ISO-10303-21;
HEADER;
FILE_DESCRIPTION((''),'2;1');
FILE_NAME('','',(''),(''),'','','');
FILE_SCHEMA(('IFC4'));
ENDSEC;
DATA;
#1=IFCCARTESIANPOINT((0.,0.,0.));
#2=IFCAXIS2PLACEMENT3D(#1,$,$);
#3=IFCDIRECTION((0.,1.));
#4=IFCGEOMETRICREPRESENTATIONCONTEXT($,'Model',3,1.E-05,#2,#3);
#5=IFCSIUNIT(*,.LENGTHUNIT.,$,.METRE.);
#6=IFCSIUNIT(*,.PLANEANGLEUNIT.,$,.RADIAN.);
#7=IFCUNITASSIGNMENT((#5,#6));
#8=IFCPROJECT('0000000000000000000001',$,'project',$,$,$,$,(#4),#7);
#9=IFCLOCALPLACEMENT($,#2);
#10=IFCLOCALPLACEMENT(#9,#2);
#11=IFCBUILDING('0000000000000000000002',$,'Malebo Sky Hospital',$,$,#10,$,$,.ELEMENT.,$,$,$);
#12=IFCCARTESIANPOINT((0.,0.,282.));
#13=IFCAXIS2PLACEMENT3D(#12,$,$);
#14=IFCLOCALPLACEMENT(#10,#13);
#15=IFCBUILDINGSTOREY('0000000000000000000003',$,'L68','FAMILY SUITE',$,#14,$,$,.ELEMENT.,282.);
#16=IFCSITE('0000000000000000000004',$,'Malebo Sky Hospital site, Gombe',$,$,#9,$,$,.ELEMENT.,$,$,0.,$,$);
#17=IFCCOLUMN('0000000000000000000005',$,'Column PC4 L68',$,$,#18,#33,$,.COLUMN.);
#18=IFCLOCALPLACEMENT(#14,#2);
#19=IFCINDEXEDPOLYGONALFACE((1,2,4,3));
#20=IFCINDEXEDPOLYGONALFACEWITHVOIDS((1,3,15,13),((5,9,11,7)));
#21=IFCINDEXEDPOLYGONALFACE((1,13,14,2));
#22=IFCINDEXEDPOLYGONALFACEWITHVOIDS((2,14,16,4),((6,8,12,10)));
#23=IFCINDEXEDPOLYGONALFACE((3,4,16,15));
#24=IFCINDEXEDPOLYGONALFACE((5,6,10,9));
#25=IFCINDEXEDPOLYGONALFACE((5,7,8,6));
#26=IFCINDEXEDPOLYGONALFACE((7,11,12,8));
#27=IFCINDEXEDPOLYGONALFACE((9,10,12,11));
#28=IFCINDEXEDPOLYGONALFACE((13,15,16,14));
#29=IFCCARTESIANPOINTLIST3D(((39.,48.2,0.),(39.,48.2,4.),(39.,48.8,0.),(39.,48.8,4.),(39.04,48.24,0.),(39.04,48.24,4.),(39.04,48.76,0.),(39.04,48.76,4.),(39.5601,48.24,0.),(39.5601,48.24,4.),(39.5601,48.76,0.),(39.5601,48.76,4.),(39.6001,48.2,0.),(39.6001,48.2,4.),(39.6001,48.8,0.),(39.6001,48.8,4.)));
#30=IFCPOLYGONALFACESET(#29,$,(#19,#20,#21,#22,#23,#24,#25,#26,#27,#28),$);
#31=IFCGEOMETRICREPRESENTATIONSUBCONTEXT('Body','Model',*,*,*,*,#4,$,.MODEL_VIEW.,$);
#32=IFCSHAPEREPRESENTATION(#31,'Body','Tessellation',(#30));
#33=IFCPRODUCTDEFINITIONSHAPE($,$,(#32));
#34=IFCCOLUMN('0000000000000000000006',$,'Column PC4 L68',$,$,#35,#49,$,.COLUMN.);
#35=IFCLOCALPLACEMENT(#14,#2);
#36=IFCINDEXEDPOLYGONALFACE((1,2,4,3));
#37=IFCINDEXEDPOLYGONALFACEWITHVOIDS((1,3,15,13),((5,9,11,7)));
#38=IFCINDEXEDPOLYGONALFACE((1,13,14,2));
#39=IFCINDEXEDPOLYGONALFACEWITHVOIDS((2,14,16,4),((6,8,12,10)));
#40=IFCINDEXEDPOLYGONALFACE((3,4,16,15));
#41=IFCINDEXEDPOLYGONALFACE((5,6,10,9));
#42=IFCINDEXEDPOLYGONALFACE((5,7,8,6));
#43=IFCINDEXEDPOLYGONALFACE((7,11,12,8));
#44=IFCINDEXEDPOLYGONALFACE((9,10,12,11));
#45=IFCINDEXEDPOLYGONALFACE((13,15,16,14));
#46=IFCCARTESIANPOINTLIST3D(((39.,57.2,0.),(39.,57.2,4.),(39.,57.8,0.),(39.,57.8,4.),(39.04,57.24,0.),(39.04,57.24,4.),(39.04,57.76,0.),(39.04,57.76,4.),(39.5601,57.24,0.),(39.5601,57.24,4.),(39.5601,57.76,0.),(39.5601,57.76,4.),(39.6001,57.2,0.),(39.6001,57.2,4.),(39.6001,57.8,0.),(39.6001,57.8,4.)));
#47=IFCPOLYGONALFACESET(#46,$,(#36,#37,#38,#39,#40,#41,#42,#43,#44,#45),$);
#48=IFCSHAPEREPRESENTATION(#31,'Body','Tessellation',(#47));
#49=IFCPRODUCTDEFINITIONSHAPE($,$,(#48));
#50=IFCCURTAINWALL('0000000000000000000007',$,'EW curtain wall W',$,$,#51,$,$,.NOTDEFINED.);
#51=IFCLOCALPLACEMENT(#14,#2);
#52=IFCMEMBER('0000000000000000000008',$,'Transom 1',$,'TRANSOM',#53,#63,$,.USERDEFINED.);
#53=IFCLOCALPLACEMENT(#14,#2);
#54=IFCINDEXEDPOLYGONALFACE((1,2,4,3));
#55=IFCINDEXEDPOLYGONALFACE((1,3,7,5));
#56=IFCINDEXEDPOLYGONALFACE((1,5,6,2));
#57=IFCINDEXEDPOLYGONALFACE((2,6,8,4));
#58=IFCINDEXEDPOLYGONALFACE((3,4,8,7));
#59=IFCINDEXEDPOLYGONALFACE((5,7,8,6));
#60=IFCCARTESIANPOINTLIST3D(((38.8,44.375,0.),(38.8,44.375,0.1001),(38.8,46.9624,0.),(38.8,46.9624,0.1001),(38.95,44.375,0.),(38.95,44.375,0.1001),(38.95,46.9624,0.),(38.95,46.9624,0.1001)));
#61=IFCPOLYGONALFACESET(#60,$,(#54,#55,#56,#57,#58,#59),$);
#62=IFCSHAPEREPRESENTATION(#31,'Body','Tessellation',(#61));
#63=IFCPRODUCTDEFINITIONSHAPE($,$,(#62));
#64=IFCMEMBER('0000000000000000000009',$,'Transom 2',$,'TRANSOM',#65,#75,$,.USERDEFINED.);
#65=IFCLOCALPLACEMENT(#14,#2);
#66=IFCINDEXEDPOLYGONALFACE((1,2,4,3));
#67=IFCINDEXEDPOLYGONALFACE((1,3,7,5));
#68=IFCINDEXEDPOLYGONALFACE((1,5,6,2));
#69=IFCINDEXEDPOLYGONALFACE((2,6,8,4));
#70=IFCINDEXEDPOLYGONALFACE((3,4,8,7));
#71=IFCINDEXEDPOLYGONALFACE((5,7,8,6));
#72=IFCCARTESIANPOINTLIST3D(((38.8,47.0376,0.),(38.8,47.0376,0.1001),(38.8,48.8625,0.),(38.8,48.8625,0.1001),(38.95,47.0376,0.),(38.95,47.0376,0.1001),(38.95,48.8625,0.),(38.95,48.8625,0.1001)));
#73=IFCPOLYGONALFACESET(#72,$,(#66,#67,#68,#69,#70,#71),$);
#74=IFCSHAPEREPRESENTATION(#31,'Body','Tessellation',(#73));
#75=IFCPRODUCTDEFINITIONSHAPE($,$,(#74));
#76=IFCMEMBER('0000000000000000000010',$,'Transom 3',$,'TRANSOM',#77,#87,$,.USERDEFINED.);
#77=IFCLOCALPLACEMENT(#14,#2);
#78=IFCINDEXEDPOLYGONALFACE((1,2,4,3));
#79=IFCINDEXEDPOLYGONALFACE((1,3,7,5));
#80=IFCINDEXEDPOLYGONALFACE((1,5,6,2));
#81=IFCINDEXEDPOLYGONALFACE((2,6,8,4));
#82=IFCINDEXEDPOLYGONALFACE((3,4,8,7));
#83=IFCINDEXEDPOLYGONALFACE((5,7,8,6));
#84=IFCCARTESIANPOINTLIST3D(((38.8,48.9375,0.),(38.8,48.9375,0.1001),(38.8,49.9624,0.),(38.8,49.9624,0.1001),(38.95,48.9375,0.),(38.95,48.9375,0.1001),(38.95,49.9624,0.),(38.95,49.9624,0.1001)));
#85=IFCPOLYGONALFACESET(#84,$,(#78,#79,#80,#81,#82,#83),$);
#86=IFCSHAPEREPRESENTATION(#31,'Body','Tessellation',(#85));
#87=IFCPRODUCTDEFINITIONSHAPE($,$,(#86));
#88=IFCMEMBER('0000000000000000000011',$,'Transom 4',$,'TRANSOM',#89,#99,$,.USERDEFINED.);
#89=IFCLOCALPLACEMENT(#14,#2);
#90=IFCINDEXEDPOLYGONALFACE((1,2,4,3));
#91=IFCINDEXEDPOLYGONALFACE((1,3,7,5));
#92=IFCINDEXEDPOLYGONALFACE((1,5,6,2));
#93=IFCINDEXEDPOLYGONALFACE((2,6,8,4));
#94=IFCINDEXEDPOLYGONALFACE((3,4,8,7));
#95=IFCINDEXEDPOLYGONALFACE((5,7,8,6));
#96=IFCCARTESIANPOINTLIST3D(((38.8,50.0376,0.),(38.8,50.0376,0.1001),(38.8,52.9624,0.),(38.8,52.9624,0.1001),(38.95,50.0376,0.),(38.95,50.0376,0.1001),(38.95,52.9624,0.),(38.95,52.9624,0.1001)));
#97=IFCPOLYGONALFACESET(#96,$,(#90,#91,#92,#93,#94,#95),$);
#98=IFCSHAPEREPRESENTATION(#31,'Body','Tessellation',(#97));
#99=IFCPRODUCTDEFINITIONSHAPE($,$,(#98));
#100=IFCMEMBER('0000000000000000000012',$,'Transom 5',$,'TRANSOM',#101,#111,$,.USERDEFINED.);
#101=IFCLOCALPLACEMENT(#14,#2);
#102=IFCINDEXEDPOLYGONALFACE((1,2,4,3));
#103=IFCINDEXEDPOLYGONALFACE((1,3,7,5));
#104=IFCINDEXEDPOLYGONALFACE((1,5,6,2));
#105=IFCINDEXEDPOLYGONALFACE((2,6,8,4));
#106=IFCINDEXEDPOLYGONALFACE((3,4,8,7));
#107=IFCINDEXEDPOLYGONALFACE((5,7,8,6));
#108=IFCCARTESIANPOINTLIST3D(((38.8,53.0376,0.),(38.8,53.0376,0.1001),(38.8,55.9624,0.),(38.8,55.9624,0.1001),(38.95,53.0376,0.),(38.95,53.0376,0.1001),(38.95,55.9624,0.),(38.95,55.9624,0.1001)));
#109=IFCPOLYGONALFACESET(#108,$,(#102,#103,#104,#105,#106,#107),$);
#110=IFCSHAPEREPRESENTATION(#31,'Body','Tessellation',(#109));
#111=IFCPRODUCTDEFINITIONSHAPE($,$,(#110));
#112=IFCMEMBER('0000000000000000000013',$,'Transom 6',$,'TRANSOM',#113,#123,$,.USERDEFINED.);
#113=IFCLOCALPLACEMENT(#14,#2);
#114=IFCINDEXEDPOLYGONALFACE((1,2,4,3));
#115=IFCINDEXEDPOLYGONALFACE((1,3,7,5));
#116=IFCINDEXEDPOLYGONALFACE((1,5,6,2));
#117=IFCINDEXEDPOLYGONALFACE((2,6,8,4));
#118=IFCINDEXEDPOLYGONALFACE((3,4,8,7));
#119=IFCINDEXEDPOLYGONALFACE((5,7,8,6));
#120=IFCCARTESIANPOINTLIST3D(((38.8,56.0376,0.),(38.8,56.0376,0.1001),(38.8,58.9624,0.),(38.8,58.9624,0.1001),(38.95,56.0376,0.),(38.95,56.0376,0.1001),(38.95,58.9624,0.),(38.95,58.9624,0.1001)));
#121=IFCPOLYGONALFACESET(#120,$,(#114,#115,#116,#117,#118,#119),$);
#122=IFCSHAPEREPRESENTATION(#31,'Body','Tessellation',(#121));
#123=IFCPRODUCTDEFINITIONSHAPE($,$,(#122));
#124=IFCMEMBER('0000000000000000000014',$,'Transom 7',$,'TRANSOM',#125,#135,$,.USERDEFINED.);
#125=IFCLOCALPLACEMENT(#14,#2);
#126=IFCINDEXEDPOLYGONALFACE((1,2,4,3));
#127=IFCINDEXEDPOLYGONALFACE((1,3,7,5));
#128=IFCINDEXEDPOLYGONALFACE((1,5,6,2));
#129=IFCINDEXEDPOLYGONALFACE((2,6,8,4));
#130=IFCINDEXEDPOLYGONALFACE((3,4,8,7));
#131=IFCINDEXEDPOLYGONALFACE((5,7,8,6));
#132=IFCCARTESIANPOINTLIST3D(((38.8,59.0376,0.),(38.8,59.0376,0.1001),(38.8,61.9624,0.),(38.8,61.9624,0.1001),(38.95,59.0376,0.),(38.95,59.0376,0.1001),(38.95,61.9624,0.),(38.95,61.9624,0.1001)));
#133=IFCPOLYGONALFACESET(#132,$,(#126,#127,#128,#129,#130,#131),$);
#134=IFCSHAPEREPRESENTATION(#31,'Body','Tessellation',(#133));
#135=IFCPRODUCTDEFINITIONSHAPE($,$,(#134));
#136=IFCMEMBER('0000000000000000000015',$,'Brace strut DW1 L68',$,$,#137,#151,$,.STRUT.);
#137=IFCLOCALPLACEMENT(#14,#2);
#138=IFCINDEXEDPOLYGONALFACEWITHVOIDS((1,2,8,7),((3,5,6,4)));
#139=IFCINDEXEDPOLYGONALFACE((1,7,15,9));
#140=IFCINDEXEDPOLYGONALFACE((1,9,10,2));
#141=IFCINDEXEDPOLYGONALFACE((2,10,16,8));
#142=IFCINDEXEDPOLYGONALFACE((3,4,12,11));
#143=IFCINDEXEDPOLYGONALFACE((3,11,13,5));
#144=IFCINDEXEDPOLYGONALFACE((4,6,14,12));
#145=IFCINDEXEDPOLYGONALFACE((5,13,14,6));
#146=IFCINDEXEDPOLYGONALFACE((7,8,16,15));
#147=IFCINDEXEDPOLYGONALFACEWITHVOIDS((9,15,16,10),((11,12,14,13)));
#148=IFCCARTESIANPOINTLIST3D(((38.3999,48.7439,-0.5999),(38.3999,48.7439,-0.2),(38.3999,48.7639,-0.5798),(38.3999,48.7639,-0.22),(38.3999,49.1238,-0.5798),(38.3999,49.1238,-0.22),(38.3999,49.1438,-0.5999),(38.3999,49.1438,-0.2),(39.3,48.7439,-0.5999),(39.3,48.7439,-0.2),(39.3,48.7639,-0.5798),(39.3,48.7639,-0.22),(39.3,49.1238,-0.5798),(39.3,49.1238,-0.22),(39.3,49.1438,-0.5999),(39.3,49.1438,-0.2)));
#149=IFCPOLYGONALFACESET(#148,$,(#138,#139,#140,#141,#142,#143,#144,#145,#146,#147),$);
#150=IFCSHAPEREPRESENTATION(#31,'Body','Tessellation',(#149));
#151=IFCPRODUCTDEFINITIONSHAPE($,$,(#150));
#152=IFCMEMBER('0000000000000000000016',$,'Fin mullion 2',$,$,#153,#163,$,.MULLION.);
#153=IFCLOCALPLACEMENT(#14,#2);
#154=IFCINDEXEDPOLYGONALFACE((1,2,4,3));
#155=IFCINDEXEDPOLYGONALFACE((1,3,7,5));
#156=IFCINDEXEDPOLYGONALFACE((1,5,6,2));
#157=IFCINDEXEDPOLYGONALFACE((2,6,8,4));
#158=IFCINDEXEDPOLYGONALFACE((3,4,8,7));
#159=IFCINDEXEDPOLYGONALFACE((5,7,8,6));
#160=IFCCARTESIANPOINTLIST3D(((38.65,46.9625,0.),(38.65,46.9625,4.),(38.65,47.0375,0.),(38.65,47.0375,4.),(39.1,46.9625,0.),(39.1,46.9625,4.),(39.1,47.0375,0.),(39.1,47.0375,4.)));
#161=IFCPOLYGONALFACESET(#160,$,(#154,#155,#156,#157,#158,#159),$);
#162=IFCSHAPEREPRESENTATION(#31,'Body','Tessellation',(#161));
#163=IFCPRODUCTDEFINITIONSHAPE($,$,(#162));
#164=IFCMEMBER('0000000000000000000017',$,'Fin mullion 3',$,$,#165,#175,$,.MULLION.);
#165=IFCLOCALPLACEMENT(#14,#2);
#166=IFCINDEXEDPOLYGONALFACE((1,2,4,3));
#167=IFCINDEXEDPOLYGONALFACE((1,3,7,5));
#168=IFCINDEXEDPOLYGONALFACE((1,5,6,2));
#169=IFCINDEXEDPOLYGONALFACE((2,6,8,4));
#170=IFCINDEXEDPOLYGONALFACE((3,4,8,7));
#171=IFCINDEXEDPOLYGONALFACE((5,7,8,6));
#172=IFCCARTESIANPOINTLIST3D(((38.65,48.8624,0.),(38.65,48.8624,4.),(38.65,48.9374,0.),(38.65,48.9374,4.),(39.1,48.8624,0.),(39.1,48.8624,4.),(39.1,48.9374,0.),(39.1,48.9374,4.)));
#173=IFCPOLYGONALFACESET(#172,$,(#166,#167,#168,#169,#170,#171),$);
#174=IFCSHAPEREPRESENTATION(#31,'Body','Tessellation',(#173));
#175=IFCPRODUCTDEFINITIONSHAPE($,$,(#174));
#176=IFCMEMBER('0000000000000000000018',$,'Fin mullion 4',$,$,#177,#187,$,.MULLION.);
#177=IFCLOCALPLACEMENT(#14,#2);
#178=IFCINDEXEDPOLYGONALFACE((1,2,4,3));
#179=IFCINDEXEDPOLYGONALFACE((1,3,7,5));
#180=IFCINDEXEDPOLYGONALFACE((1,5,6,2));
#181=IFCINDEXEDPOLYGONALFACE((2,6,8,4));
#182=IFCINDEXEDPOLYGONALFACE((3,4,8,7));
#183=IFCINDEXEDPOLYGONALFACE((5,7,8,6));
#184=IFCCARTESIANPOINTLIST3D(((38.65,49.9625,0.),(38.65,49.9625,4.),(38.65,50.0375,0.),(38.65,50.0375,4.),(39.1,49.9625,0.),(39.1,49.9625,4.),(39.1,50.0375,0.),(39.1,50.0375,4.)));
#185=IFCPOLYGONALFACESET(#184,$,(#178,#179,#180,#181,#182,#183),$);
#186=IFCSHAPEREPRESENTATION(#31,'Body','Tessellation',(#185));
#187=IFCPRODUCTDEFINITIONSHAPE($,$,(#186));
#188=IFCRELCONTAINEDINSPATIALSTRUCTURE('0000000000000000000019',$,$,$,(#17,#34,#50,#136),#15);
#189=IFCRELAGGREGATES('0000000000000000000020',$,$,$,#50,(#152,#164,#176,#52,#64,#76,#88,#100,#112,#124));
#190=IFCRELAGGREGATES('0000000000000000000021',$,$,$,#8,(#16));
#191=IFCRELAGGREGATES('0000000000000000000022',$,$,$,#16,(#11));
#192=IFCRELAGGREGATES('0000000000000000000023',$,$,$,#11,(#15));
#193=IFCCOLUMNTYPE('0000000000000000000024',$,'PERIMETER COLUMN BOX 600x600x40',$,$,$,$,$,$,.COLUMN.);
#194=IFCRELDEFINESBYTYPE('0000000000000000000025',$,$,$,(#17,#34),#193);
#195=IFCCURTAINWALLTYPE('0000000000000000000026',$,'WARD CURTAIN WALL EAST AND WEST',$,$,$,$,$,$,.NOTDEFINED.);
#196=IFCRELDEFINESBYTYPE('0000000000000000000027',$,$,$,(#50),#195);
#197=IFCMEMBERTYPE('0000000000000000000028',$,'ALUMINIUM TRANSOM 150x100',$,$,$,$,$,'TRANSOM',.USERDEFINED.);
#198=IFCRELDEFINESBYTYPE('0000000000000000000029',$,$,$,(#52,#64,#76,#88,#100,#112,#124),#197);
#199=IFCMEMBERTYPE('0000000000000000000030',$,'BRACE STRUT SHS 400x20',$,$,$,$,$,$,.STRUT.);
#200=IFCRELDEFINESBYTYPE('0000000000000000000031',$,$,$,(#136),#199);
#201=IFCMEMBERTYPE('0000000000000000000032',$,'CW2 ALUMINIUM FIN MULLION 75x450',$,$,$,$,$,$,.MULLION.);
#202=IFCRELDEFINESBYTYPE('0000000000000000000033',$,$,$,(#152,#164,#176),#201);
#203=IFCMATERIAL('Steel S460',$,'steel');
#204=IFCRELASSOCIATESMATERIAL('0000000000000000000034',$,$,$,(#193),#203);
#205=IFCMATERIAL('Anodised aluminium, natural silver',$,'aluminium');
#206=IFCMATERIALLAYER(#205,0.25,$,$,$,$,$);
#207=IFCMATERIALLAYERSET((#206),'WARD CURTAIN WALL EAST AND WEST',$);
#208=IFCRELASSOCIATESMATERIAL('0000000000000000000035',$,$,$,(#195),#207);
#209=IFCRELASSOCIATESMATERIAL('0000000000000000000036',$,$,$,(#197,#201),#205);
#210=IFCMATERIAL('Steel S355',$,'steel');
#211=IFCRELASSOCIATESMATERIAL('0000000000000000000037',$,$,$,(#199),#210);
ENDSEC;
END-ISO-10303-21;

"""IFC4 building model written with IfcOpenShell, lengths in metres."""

from ifc_helpers import new_model, si_unit, direction, frame, origin, origin_2d, place, context, subcontext, project, spatial, rectangle, hollow_rectangle, extrude, material, layer, layer_set, material_profile, profile_set, type_object, element, aggregate, save


model = new_model("IFC4")

# Units and contexts
model_context = context("Model", 3, precision=1e-05, world=origin(), true_north=direction((0.0, 1.0)))
body_context = subcontext(model_context, "Body", "Model", "MODEL_VIEW")
ifc_project = project(units=[si_unit("LENGTHUNIT", "METRE"), si_unit("PLANEANGLEUNIT", "RADIAN")], contexts=[model_context])

# Site, building, storey
site_placement = place(None, origin())
site = spatial("IfcSite", under=ifc_project, at=site_placement, Name="Malebo Sky Hospital site, Gombe", CompositionType="ELEMENT", RefElevation=0.0)
building_placement = place(site_placement, origin())
building = spatial("IfcBuilding", under=site, at=building_placement, Name="Malebo Sky Hospital", CompositionType="ELEMENT")
storey_placement = place(building_placement, frame((0.0, 0.0, 282.0)))
storey = spatial("IfcBuildingStorey", under=building, at=storey_placement, Name="L68", Description="FAMILY SUITE", CompositionType="ELEMENT", Elevation=282.0)

# Columns
ifc_material_1 = material(Name="Steel S460", Category="steel")
ifc_material_profile_1 = material_profile(ifc_material_1, hollow_rectangle(XDim=0.6001, YDim=0.6001, WallThickness=0.04, at=origin_2d()), Name="BOX 600x600x40")
ifc_profile_set_1 = profile_set([ifc_material_profile_1], Name="Steel S460")
column_type = type_object("IfcColumnType", Name="PERIMETER COLUMN BOX 600x600x40", PredefinedType="COLUMN", material=ifc_profile_set_1)
for number, where, z_axis, x_axis, name in (
    (1, (39.3, 48.5, 0.0), (0.0, 0.0, 1.0), (1.0, 0.0, 0.0), "Column PC4 L68"),
    (2, (39.3, 57.5, 0.0), (0.0, 0.0, 1.0), (1.0, 0.0, 0.0), "Column PC4 L68"),
):
    element("IfcColumn", number, at=place(storey_placement, frame(where, z_axis=z_axis, x_axis=x_axis)), inside=storey, type_object=column_type, Name=name, PredefinedType="COLUMN", context=body_context, shape_type="SweptSolid", body=[
        extrude(hollow_rectangle(XDim=0.6001, YDim=0.6001, WallThickness=0.04, at=origin_2d()), origin(), (0.0, 0.0, 1.0), 4.0),
    ])

# Curtain wall, members
ifc_material_2 = material(Name="Anodised aluminium, natural silver", Category="aluminium")
ifc_layer_1 = layer(ifc_material_2, 0.25)
ifc_layer_set_1 = layer_set([ifc_layer_1], Name="WARD CURTAIN WALL EAST AND WEST")
curtain_wall_type = type_object("IfcCurtainWallType", Name="WARD CURTAIN WALL EAST AND WEST", PredefinedType="NOTDEFINED", material=ifc_layer_set_1)
curtain_wall_placement = place(storey_placement, origin())
curtain_wall = element("IfcCurtainWall", 3, at=curtain_wall_placement, inside=storey, type_object=curtain_wall_type, Name="EW curtain wall W", PredefinedType="NOTDEFINED")
ifc_material_profile_2 = material_profile(ifc_material_2, rectangle(XDim=0.1499, YDim=0.1001, at=origin_2d()), Name="ALUMINIUM TRANSOM 150x100")
ifc_profile_set_2 = profile_set([ifc_material_profile_2], Name="Anodised aluminium, natural silver")
member_type_1 = type_object("IfcMemberType", Name="ALUMINIUM TRANSOM 150x100", ElementType="TRANSOM", PredefinedType="USERDEFINED", material=ifc_profile_set_2)
member_1_placement = place(storey_placement, frame((38.875, 44.375, 0.05), z_axis=(0.0, 1.0, 0.0), x_axis=(-1.0, 0.0, 0.0)))
member_1 = element("IfcMember", 4, at=member_1_placement, type_object=member_type_1, Name="Transom 1", ObjectType="TRANSOM", PredefinedType="USERDEFINED", context=body_context, shape_type="SweptSolid", body=[
    extrude(rectangle(XDim=0.1499, YDim=0.1001, at=origin_2d()), origin(), (0.0, 0.0, 1.0), 2.5874),
])
member_2_placement = place(storey_placement, frame((38.875, 47.0376, 0.05), z_axis=(0.0, 1.0, 0.0), x_axis=(-1.0, 0.0, 0.0)))
member_2 = element("IfcMember", 5, at=member_2_placement, type_object=member_type_1, Name="Transom 2", ObjectType="TRANSOM", PredefinedType="USERDEFINED", context=body_context, shape_type="SweptSolid", body=[
    extrude(rectangle(XDim=0.1499, YDim=0.1001, at=origin_2d()), origin(), (0.0, 0.0, 1.0), 1.825),
])
member_3_placement = place(storey_placement, frame((38.875, 48.9375, 0.05), z_axis=(0.0, 1.0, 0.0), x_axis=(-1.0, 0.0, 0.0)))
member_3 = element("IfcMember", 6, at=member_3_placement, type_object=member_type_1, Name="Transom 3", ObjectType="TRANSOM", PredefinedType="USERDEFINED", context=body_context, shape_type="SweptSolid", body=[
    extrude(rectangle(XDim=0.1499, YDim=0.1001, at=origin_2d()), origin(), (0.0, 0.0, 1.0), 1.0249),
])
member_4_placement = place(storey_placement, frame((38.875, 50.0376, 0.05), z_axis=(0.0, 1.0, 0.0), x_axis=(-1.0, 0.0, 0.0)))
member_4 = element("IfcMember", 7, at=member_4_placement, type_object=member_type_1, Name="Transom 4", ObjectType="TRANSOM", PredefinedType="USERDEFINED", context=body_context, shape_type="SweptSolid", body=[
    extrude(rectangle(XDim=0.1499, YDim=0.1001, at=origin_2d()), origin(), (0.0, 0.0, 1.0), 2.9248),
])
member_5_placement = place(storey_placement, frame((38.875, 53.0376, 0.05), z_axis=(0.0, 1.0, 0.0), x_axis=(-1.0, 0.0, 0.0)))
member_5 = element("IfcMember", 8, at=member_5_placement, type_object=member_type_1, Name="Transom 5", ObjectType="TRANSOM", PredefinedType="USERDEFINED", context=body_context, shape_type="SweptSolid", body=[
    extrude(rectangle(XDim=0.1499, YDim=0.1001, at=origin_2d()), origin(), (0.0, 0.0, 1.0), 2.9248),
])
member_6_placement = place(storey_placement, frame((38.875, 56.0376, 0.05), z_axis=(0.0, 1.0, 0.0), x_axis=(-1.0, 0.0, 0.0)))
member_6 = element("IfcMember", 9, at=member_6_placement, type_object=member_type_1, Name="Transom 6", ObjectType="TRANSOM", PredefinedType="USERDEFINED", context=body_context, shape_type="SweptSolid", body=[
    extrude(rectangle(XDim=0.1499, YDim=0.1001, at=origin_2d()), origin(), (0.0, 0.0, 1.0), 2.9248),
])
member_7_placement = place(storey_placement, frame((38.875, 59.0376, 0.05), z_axis=(0.0, 1.0, 0.0), x_axis=(-1.0, 0.0, 0.0)))
member_7 = element("IfcMember", 10, at=member_7_placement, type_object=member_type_1, Name="Transom 7", ObjectType="TRANSOM", PredefinedType="USERDEFINED", context=body_context, shape_type="SweptSolid", body=[
    extrude(rectangle(XDim=0.1499, YDim=0.1001, at=origin_2d()), origin(), (0.0, 0.0, 1.0), 2.9248),
])

# Members
ifc_material_3 = material(Name="Steel S355", Category="steel")
ifc_material_profile_3 = material_profile(ifc_material_3, hollow_rectangle(XDim=0.3999, YDim=0.3999, WallThickness=0.02, at=origin_2d()), Name="SHS 400x20")
ifc_profile_set_3 = profile_set([ifc_material_profile_3], Name="Steel S355")
member_type_2 = type_object("IfcMemberType", Name="BRACE STRUT SHS 400x20", PredefinedType="STRUT", material=ifc_profile_set_3)
member_8_placement = place(storey_placement, frame((38.3999, 48.9438, -0.3999), z_axis=(1.0, 0.0, 0.0), x_axis=(0.0, 1.0, 0.0)))
element("IfcMember", 11, at=member_8_placement, inside=storey, type_object=member_type_2, Name="Brace strut DW1 L68", PredefinedType="STRUT", context=body_context, shape_type="SweptSolid", body=[
    extrude(hollow_rectangle(XDim=0.3999, YDim=0.3999, WallThickness=0.02, at=origin_2d()), origin(), (0.0, 0.0, 1.0), 0.9001),
])
ifc_material_profile_4 = material_profile(ifc_material_2, rectangle(XDim=0.075, YDim=0.45, at=origin_2d()), Name="CW2 ALUMINIUM FIN MULLION 75x450")
ifc_profile_set_4 = profile_set([ifc_material_profile_4], Name="Anodised aluminium, natural silver")
member_type_3 = type_object("IfcMemberType", Name="CW2 ALUMINIUM FIN MULLION 75x450", PredefinedType="MULLION", material=ifc_profile_set_4)
member_9_placement = place(storey_placement, frame((38.875, 47.0, 0.0), z_axis=(0.0, 0.0, 1.0), x_axis=(0.0, 1.0, 0.0)))
member_9 = element("IfcMember", 12, at=member_9_placement, type_object=member_type_3, Name="Fin mullion 2", PredefinedType="MULLION", context=body_context, shape_type="SweptSolid", body=[
    extrude(rectangle(XDim=0.075, YDim=0.45, at=origin_2d()), origin(), (0.0, 0.0, 1.0), 4.0),
])
member_10_placement = place(storey_placement, frame((38.875, 48.8999, 0.0), z_axis=(0.0, 0.0, 1.0), x_axis=(0.0, 1.0, 0.0)))
member_10 = element("IfcMember", 13, at=member_10_placement, type_object=member_type_3, Name="Fin mullion 3", PredefinedType="MULLION", context=body_context, shape_type="SweptSolid", body=[
    extrude(rectangle(XDim=0.075, YDim=0.45, at=origin_2d()), origin(), (0.0, 0.0, 1.0), 4.0),
])
member_11_placement = place(storey_placement, frame((38.875, 50.0, 0.0), z_axis=(0.0, 0.0, 1.0), x_axis=(0.0, 1.0, 0.0)))
member_11 = element("IfcMember", 14, at=member_11_placement, type_object=member_type_3, Name="Fin mullion 4", PredefinedType="MULLION", context=body_context, shape_type="SweptSolid", body=[
    extrude(rectangle(XDim=0.075, YDim=0.45, at=origin_2d()), origin(), (0.0, 0.0, 1.0), 4.0),
])

aggregate(curtain_wall, [member_9, member_10, member_11, member_1, member_2, member_3, member_4, member_5, member_6, member_7])

save(model, "model.ifc")
